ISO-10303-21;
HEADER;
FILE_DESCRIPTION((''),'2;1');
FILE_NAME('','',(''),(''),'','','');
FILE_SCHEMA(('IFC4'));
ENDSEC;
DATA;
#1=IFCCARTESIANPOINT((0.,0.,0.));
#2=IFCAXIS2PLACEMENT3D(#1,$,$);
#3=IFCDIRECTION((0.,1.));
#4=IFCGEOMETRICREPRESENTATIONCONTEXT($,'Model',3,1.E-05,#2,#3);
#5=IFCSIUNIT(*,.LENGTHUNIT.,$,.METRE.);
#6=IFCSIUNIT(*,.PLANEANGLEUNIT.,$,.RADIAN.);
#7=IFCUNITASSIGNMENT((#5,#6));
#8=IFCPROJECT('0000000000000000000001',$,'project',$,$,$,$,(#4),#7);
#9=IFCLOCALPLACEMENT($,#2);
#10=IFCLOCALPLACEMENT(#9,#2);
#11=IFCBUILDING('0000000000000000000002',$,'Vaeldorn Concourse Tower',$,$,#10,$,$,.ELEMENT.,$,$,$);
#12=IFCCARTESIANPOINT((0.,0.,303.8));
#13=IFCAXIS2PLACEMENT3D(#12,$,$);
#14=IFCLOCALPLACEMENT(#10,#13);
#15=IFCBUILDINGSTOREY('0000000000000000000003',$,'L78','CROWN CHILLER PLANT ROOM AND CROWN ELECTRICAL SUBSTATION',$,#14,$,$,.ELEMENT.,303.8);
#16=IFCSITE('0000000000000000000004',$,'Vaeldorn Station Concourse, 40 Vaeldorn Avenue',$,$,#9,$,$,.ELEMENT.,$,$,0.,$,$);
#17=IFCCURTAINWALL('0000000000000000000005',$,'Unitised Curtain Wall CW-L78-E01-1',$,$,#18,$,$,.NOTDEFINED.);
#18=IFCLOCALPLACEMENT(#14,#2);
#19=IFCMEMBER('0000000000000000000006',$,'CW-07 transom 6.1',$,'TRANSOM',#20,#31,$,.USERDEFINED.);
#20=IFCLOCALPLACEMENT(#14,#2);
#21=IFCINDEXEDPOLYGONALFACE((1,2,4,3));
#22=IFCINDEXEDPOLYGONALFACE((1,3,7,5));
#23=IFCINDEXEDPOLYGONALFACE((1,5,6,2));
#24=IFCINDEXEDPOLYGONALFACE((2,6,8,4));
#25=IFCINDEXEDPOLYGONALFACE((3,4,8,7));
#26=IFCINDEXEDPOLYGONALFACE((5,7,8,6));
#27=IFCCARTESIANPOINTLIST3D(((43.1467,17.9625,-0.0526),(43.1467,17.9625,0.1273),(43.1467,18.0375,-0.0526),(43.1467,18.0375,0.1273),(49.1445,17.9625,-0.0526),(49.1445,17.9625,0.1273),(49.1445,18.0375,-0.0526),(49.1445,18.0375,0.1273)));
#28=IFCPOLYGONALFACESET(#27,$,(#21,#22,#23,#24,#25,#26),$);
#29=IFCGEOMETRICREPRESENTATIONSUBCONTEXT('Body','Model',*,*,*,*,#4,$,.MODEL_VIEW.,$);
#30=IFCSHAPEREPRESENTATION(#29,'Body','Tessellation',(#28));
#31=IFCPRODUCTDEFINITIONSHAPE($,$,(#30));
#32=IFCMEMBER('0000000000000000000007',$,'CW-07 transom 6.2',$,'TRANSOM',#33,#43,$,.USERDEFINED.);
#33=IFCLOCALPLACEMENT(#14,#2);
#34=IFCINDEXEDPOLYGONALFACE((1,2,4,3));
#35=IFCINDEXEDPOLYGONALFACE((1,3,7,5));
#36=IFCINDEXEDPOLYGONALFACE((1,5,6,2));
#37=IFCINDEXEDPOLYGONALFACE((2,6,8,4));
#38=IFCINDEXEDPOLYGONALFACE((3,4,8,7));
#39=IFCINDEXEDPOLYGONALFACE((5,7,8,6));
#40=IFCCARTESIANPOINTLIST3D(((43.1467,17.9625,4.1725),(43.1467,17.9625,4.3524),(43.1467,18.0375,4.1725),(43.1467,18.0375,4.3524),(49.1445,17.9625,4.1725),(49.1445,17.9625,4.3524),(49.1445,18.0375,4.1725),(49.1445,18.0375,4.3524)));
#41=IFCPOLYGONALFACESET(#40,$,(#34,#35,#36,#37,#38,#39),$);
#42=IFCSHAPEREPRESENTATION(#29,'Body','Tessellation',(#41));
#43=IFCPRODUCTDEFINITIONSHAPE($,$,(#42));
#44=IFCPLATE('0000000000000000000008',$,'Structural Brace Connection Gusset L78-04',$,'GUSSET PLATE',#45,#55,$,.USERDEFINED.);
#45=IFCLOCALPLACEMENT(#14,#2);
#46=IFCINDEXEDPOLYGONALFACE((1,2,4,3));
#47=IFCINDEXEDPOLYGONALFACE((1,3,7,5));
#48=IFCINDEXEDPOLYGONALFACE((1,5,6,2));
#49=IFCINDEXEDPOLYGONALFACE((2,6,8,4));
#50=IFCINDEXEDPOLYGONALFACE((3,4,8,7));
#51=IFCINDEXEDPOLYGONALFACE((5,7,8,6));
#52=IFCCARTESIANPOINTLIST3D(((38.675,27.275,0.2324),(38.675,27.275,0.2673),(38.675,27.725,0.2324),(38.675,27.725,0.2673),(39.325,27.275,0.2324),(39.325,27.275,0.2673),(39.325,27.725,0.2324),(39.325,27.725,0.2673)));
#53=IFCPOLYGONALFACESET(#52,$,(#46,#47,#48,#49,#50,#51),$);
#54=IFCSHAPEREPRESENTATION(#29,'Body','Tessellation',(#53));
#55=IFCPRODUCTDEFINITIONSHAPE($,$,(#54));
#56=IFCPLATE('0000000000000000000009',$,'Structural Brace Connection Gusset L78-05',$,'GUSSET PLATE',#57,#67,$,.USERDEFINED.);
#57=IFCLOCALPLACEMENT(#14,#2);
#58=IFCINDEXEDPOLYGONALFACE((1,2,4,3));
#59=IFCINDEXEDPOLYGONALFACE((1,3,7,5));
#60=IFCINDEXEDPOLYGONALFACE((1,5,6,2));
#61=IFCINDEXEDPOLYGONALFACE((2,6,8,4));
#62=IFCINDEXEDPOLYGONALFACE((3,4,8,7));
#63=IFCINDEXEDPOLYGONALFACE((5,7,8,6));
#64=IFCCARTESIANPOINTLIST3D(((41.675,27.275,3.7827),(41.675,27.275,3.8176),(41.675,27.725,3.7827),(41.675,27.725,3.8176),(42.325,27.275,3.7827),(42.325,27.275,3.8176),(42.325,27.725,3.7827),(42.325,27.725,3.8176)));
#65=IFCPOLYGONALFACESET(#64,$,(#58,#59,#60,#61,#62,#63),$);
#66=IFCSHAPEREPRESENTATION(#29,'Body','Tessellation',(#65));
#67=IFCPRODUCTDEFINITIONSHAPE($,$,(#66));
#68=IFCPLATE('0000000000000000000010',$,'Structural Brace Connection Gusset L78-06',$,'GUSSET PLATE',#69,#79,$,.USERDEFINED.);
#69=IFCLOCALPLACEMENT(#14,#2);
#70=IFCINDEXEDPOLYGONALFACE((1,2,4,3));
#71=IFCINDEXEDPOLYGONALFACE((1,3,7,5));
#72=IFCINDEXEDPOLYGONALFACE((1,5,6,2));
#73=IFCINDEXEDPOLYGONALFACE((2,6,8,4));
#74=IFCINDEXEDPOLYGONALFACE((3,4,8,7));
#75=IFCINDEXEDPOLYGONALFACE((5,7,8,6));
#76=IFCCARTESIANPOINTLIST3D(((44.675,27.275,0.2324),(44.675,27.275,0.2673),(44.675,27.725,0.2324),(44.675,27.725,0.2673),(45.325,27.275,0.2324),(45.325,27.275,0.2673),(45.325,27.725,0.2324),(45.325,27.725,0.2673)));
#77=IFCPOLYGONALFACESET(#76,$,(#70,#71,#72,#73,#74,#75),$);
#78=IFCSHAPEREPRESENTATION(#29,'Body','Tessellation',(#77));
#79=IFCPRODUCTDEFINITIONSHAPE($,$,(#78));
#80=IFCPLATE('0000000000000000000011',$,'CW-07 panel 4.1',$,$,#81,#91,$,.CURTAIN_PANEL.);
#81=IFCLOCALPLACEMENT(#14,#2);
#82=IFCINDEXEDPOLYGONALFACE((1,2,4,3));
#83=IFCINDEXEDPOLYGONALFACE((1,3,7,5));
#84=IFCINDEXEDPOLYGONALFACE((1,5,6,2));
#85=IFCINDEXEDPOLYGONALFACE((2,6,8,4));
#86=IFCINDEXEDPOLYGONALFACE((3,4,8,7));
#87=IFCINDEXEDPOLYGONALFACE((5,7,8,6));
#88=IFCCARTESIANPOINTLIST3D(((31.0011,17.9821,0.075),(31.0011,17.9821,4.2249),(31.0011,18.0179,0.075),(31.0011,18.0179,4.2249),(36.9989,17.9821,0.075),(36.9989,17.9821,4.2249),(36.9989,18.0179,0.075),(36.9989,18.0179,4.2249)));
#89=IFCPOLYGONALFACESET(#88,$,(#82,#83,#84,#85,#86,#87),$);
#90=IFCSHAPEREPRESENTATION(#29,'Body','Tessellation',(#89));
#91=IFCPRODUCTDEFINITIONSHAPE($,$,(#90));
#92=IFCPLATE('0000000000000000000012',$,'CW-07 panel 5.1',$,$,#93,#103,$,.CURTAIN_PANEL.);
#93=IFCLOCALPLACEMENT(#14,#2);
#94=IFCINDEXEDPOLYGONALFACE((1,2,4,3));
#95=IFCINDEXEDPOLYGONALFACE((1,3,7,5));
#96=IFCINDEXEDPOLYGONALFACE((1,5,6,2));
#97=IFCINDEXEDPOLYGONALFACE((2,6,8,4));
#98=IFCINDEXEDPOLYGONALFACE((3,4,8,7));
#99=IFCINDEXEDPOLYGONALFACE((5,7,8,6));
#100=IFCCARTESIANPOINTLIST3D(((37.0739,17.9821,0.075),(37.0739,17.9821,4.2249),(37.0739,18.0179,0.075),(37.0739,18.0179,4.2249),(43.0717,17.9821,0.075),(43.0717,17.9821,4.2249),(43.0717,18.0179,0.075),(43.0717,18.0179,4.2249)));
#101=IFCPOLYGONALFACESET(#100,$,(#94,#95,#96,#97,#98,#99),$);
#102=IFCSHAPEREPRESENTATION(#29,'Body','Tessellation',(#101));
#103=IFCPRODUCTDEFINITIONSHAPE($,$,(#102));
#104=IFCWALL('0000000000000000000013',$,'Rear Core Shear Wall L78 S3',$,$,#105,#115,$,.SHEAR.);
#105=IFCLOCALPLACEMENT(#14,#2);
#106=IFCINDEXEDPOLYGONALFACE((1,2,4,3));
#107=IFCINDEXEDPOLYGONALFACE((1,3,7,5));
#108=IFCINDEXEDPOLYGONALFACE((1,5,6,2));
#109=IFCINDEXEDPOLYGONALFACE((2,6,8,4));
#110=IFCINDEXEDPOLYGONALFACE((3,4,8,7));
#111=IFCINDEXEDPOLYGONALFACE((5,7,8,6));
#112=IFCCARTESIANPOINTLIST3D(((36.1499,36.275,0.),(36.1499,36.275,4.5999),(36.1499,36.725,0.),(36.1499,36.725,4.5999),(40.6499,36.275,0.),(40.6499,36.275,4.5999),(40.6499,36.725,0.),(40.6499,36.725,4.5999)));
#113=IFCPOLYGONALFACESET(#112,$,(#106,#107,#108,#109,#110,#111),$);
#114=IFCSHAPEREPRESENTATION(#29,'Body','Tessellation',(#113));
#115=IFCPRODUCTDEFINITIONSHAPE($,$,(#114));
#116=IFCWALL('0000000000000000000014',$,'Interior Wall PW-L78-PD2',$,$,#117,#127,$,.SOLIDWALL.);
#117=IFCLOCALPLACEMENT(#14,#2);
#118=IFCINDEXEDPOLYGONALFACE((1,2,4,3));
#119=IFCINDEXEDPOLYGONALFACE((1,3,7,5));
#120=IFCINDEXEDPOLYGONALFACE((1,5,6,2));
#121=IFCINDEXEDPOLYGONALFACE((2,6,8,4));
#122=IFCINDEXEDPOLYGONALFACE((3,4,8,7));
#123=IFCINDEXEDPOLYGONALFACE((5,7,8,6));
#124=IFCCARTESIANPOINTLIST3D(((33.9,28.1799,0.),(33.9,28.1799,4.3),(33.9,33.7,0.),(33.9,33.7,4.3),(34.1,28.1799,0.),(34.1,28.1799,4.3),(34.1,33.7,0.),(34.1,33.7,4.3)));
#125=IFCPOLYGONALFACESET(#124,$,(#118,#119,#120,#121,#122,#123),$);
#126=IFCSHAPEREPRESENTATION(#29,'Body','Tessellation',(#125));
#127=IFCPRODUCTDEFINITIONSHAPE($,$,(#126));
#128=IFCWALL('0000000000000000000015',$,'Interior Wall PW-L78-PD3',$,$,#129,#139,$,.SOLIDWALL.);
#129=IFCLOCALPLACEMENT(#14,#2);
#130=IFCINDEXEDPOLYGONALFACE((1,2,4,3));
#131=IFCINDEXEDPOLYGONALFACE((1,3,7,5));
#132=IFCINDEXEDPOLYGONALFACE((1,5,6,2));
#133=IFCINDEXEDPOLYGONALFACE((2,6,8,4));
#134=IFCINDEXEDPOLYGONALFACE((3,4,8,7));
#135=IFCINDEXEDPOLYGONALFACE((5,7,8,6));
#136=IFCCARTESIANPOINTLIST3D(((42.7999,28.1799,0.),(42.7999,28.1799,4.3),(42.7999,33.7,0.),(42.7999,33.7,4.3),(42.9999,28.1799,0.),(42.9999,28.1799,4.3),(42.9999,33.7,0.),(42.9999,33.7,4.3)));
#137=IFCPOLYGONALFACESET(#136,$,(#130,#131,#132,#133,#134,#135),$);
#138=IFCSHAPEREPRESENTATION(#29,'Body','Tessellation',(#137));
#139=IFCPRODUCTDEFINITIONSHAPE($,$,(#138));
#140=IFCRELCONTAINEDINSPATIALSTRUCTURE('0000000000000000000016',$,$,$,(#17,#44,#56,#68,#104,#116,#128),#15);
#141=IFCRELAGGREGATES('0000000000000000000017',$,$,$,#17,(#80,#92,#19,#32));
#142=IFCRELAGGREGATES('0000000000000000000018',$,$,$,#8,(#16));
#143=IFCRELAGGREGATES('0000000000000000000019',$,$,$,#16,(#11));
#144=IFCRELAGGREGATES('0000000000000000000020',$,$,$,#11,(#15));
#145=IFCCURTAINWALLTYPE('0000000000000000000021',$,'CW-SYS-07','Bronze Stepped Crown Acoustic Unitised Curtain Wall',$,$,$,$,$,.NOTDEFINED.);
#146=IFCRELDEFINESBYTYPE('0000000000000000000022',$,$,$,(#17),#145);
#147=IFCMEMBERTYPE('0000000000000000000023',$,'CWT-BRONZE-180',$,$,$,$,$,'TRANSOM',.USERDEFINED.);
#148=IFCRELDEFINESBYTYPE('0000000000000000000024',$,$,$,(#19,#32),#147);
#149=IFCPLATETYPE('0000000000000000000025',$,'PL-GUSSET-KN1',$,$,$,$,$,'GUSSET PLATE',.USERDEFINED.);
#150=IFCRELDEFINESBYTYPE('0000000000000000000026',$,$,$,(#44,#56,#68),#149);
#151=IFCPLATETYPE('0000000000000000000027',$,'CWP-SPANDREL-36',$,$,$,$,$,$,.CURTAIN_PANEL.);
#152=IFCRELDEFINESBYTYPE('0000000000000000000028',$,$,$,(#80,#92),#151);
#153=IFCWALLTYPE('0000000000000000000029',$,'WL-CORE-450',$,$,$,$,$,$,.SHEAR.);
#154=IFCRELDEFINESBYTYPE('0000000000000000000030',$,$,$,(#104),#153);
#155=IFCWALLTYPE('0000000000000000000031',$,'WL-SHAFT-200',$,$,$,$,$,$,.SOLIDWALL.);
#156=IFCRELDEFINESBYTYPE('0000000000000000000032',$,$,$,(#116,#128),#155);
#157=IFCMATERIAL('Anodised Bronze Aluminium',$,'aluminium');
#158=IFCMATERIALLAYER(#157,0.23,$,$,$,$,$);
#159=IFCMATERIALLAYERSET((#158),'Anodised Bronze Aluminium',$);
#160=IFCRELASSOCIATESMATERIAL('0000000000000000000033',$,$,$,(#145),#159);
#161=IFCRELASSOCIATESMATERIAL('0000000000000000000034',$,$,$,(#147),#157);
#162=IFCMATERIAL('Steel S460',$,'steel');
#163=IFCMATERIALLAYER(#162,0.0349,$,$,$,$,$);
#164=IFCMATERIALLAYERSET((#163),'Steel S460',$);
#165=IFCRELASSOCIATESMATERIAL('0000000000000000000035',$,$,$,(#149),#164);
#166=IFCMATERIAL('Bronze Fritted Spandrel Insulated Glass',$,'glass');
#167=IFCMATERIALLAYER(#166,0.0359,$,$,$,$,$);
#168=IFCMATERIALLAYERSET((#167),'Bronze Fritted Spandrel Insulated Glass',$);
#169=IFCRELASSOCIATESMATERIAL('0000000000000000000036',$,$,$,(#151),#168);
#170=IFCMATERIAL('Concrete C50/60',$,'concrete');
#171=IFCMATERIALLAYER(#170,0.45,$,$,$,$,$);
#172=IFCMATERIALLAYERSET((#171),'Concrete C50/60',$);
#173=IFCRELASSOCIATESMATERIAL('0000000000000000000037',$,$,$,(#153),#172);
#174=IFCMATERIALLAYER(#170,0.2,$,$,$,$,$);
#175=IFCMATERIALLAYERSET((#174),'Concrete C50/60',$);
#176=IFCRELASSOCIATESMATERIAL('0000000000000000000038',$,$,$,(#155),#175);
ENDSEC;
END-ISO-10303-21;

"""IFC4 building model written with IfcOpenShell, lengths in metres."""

from ifc_helpers import new_model, si_unit, direction, frame, frame_2d, origin, origin_2d, place, context, subcontext, project, spatial, rectangle, extrude, source, transform, mapped, material, layer, layer_set, material_profile, profile_set, type_object, element, aggregate, save


model = new_model("IFC4")

# Units and contexts
model_context = context("Model", 3, precision=1e-05, world=origin(), true_north=direction((0.0, 1.0)))
body_context = subcontext(model_context, "Body", "Model", "MODEL_VIEW")
ifc_project = project(units=[si_unit("LENGTHUNIT", "METRE"), si_unit("PLANEANGLEUNIT", "RADIAN")], contexts=[model_context])

# Site, building, storey
site_placement = place(None, origin())
site = spatial("IfcSite", under=ifc_project, at=site_placement, Name="Vaeldorn Station Concourse, 40 Vaeldorn Avenue", CompositionType="ELEMENT", RefElevation=0.0)
building_placement = place(site_placement, origin())
building = spatial("IfcBuilding", under=site, at=building_placement, Name="Vaeldorn Concourse Tower", CompositionType="ELEMENT")
storey_placement = place(building_placement, frame((0.0, 0.0, 303.8)))
storey = spatial("IfcBuildingStorey", under=building, at=storey_placement, Name="L78", Description="CROWN CHILLER PLANT ROOM AND CROWN ELECTRICAL SUBSTATION", CompositionType="ELEMENT", Elevation=303.8)

# Shared definitions
ifc_material_1 = material(Name="Concrete C50/60", Category="concrete")
ifc_material_2 = material(Name="Steel S460", Category="steel")

# Curtain wall, members
ifc_material_3 = material(Name="Anodised Bronze Aluminium", Category="aluminium")
ifc_layer_1 = layer(ifc_material_3, 0.23)
ifc_layer_set_1 = layer_set([ifc_layer_1], Name="Anodised Bronze Aluminium")
curtain_wall_type = type_object("IfcCurtainWallType", Name="CW-SYS-07", Description="Bronze Stepped Crown Acoustic Unitised Curtain Wall", PredefinedType="NOTDEFINED", material=ifc_layer_set_1)
curtain_wall_placement = place(storey_placement, origin())
curtain_wall = element("IfcCurtainWall", 1, at=curtain_wall_placement, inside=storey, type_object=curtain_wall_type, Name="Unitised Curtain Wall CW-L78-E01-1", PredefinedType="NOTDEFINED")
ifc_material_profile_1 = material_profile(ifc_material_3, rectangle(XDim=0.075, YDim=0.1799, at=origin_2d()), Name="CWT 75x180")
ifc_profile_set_1 = profile_set([ifc_material_profile_1], Name="Anodised Bronze Aluminium")
member_type_1 = type_object("IfcMemberType", Name="CWT-BRONZE-180", ElementType="TRANSOM", PredefinedType="USERDEFINED", material=ifc_profile_set_1)
shared_shape_1 = source(origin(), body_context, "Body", "SweptSolid", [
    extrude(rectangle(XDim=0.075, YDim=0.1799, at=origin_2d()), origin(), (0.0, 0.0, 1.0), 5.9978),
])
member_1_placement = place(storey_placement, frame((43.1467, 18.0, 0.0374), z_axis=(1.0, 0.0, 0.0), x_axis=(0.0, 1.0, 0.0)))
member_1 = element("IfcMember", 2, at=member_1_placement, type_object=member_type_1, Name="CW-07 transom 6.1", ObjectType="TRANSOM", PredefinedType="USERDEFINED", context=body_context, shape_type="MappedRepresentation", body=[
    mapped(shared_shape_1, transform((0.0, 0.0, 0.0), scale=1.0)),
])
member_2_placement = place(storey_placement, frame((43.1467, 18.0, 4.2625), z_axis=(1.0, 0.0, 0.0), x_axis=(0.0, 1.0, 0.0)))
member_2 = element("IfcMember", 3, at=member_2_placement, type_object=member_type_1, Name="CW-07 transom 6.2", ObjectType="TRANSOM", PredefinedType="USERDEFINED", context=body_context, shape_type="MappedRepresentation", body=[
    mapped(shared_shape_1, transform((0.0, 0.0, 0.0), scale=1.0)),
])

# Plates
ifc_layer_2 = layer(ifc_material_2, 0.0349)
ifc_layer_set_2 = layer_set([ifc_layer_2], Name="Steel S460")
plate_type_1 = type_object("IfcPlateType", Name="PL-GUSSET-KN1", ElementType="GUSSET PLATE", PredefinedType="USERDEFINED", material=ifc_layer_set_2)
shared_shape_2 = source(origin(), body_context, "Body", "SweptSolid", [
    extrude(rectangle(XDim=0.6499, YDim=0.45, at=origin_2d()), origin(), (0.0, 0.0, 1.0), 0.0349),
])
for number, where, z_axis, x_axis, name in (
    (4, (39.0, 27.5, 0.2324), (0.0, 0.0, 1.0), (1.0, 0.0, 0.0), "Structural Brace Connection Gusset L78-04"),
    (5, (42.0, 27.5, 3.7827), (0.0, 0.0, 1.0), (1.0, 0.0, 0.0), "Structural Brace Connection Gusset L78-05"),
    (6, (45.0, 27.5, 0.2324), (0.0, 0.0, 1.0), (1.0, 0.0, 0.0), "Structural Brace Connection Gusset L78-06"),
):
    element("IfcPlate", number, at=place(storey_placement, frame(where, z_axis=z_axis, x_axis=x_axis)), inside=storey, type_object=plate_type_1, Name=name, ObjectType="GUSSET PLATE", PredefinedType="USERDEFINED", context=body_context, shape_type="MappedRepresentation", body=[
        mapped(shared_shape_2, transform((0.0, 0.0, 0.0), scale=1.0)),
    ])

# Plates
ifc_material_4 = material(Name="Bronze Fritted Spandrel Insulated Glass", Category="glass")
ifc_layer_3 = layer(ifc_material_4, 0.0359)
ifc_layer_set_3 = layer_set([ifc_layer_3], Name="Bronze Fritted Spandrel Insulated Glass")
plate_type_2 = type_object("IfcPlateType", Name="CWP-SPANDREL-36", PredefinedType="CURTAIN_PANEL", material=ifc_layer_set_3)
shared_shape_3 = source(origin(), body_context, "Body", "SweptSolid", [
    extrude(rectangle(XDim=5.9978, YDim=0.0359, at=origin_2d()), origin(), (0.0, 0.0, 1.0), 4.1499),
])
plate_1_placement = place(storey_placement, frame((34.0, 18.0, 0.075), z_axis=(0.0, 0.0, 1.0), x_axis=(1.0, 0.0, 0.0)))
plate_1 = element("IfcPlate", 7, at=plate_1_placement, type_object=plate_type_2, Name="CW-07 panel 4.1", PredefinedType="CURTAIN_PANEL", context=body_context, shape_type="MappedRepresentation", body=[
    mapped(shared_shape_3, transform((0.0, 0.0, 0.0), scale=1.0)),
])
plate_2_placement = place(storey_placement, frame((40.0728, 18.0, 0.075), z_axis=(0.0, 0.0, 1.0), x_axis=(1.0, 0.0, 0.0)))
plate_2 = element("IfcPlate", 8, at=plate_2_placement, type_object=plate_type_2, Name="CW-07 panel 5.1", PredefinedType="CURTAIN_PANEL", context=body_context, shape_type="MappedRepresentation", body=[
    mapped(shared_shape_3, transform((0.0, 0.0, 0.0), scale=1.0)),
])
aggregate(curtain_wall, [plate_1, plate_2, member_1, member_2])

# Walls
ifc_layer_4 = layer(ifc_material_1, 0.45)
ifc_layer_set_4 = layer_set([ifc_layer_4], Name="Concrete C50/60")
wall_type_1 = type_object("IfcWallType", Name="WL-CORE-450", PredefinedType="SHEAR", material=ifc_layer_set_4)
wall_placement = place(storey_placement, frame((36.1499, 36.5, 0.0), z_axis=(0.0, 0.0, 1.0), x_axis=(1.0, 0.0, 0.0)))
element("IfcWall", 9, at=wall_placement, inside=storey, type_object=wall_type_1, Name="Rear Core Shear Wall L78 S3", PredefinedType="SHEAR", context=body_context, shape_type="SweptSolid", body=[
    extrude(rectangle(XDim=4.5, YDim=0.45, at=frame_2d((2.25, 0.0))), origin(), (0.0, 0.0, 1.0), 4.5999),
])
ifc_layer_5 = layer(ifc_material_1, 0.2)
ifc_layer_set_5 = layer_set([ifc_layer_5], Name="Concrete C50/60")
wall_type_2 = type_object("IfcWallType", Name="WL-SHAFT-200", PredefinedType="SOLIDWALL", material=ifc_layer_set_5)
for number, where, z_axis, x_axis, name in (
    (10, (34.0, 28.1799, 0.0), (0.0, 0.0, 1.0), (0.0, 1.0, 0.0), "Interior Wall PW-L78-PD2"),
    (11, (42.8999, 28.1799, 0.0), (0.0, 0.0, 1.0), (0.0, 1.0, 0.0), "Interior Wall PW-L78-PD3"),
):
    element("IfcWall", number, at=place(storey_placement, frame(where, z_axis=z_axis, x_axis=x_axis)), inside=storey, type_object=wall_type_2, Name=name, PredefinedType="SOLIDWALL", context=body_context, shape_type="SweptSolid", body=[
        extrude(rectangle(XDim=5.52, YDim=0.2, at=frame_2d((2.76, 0.0))), origin(), (0.0, 0.0, 1.0), 4.3),
    ])

save(model, "model.ifc")
